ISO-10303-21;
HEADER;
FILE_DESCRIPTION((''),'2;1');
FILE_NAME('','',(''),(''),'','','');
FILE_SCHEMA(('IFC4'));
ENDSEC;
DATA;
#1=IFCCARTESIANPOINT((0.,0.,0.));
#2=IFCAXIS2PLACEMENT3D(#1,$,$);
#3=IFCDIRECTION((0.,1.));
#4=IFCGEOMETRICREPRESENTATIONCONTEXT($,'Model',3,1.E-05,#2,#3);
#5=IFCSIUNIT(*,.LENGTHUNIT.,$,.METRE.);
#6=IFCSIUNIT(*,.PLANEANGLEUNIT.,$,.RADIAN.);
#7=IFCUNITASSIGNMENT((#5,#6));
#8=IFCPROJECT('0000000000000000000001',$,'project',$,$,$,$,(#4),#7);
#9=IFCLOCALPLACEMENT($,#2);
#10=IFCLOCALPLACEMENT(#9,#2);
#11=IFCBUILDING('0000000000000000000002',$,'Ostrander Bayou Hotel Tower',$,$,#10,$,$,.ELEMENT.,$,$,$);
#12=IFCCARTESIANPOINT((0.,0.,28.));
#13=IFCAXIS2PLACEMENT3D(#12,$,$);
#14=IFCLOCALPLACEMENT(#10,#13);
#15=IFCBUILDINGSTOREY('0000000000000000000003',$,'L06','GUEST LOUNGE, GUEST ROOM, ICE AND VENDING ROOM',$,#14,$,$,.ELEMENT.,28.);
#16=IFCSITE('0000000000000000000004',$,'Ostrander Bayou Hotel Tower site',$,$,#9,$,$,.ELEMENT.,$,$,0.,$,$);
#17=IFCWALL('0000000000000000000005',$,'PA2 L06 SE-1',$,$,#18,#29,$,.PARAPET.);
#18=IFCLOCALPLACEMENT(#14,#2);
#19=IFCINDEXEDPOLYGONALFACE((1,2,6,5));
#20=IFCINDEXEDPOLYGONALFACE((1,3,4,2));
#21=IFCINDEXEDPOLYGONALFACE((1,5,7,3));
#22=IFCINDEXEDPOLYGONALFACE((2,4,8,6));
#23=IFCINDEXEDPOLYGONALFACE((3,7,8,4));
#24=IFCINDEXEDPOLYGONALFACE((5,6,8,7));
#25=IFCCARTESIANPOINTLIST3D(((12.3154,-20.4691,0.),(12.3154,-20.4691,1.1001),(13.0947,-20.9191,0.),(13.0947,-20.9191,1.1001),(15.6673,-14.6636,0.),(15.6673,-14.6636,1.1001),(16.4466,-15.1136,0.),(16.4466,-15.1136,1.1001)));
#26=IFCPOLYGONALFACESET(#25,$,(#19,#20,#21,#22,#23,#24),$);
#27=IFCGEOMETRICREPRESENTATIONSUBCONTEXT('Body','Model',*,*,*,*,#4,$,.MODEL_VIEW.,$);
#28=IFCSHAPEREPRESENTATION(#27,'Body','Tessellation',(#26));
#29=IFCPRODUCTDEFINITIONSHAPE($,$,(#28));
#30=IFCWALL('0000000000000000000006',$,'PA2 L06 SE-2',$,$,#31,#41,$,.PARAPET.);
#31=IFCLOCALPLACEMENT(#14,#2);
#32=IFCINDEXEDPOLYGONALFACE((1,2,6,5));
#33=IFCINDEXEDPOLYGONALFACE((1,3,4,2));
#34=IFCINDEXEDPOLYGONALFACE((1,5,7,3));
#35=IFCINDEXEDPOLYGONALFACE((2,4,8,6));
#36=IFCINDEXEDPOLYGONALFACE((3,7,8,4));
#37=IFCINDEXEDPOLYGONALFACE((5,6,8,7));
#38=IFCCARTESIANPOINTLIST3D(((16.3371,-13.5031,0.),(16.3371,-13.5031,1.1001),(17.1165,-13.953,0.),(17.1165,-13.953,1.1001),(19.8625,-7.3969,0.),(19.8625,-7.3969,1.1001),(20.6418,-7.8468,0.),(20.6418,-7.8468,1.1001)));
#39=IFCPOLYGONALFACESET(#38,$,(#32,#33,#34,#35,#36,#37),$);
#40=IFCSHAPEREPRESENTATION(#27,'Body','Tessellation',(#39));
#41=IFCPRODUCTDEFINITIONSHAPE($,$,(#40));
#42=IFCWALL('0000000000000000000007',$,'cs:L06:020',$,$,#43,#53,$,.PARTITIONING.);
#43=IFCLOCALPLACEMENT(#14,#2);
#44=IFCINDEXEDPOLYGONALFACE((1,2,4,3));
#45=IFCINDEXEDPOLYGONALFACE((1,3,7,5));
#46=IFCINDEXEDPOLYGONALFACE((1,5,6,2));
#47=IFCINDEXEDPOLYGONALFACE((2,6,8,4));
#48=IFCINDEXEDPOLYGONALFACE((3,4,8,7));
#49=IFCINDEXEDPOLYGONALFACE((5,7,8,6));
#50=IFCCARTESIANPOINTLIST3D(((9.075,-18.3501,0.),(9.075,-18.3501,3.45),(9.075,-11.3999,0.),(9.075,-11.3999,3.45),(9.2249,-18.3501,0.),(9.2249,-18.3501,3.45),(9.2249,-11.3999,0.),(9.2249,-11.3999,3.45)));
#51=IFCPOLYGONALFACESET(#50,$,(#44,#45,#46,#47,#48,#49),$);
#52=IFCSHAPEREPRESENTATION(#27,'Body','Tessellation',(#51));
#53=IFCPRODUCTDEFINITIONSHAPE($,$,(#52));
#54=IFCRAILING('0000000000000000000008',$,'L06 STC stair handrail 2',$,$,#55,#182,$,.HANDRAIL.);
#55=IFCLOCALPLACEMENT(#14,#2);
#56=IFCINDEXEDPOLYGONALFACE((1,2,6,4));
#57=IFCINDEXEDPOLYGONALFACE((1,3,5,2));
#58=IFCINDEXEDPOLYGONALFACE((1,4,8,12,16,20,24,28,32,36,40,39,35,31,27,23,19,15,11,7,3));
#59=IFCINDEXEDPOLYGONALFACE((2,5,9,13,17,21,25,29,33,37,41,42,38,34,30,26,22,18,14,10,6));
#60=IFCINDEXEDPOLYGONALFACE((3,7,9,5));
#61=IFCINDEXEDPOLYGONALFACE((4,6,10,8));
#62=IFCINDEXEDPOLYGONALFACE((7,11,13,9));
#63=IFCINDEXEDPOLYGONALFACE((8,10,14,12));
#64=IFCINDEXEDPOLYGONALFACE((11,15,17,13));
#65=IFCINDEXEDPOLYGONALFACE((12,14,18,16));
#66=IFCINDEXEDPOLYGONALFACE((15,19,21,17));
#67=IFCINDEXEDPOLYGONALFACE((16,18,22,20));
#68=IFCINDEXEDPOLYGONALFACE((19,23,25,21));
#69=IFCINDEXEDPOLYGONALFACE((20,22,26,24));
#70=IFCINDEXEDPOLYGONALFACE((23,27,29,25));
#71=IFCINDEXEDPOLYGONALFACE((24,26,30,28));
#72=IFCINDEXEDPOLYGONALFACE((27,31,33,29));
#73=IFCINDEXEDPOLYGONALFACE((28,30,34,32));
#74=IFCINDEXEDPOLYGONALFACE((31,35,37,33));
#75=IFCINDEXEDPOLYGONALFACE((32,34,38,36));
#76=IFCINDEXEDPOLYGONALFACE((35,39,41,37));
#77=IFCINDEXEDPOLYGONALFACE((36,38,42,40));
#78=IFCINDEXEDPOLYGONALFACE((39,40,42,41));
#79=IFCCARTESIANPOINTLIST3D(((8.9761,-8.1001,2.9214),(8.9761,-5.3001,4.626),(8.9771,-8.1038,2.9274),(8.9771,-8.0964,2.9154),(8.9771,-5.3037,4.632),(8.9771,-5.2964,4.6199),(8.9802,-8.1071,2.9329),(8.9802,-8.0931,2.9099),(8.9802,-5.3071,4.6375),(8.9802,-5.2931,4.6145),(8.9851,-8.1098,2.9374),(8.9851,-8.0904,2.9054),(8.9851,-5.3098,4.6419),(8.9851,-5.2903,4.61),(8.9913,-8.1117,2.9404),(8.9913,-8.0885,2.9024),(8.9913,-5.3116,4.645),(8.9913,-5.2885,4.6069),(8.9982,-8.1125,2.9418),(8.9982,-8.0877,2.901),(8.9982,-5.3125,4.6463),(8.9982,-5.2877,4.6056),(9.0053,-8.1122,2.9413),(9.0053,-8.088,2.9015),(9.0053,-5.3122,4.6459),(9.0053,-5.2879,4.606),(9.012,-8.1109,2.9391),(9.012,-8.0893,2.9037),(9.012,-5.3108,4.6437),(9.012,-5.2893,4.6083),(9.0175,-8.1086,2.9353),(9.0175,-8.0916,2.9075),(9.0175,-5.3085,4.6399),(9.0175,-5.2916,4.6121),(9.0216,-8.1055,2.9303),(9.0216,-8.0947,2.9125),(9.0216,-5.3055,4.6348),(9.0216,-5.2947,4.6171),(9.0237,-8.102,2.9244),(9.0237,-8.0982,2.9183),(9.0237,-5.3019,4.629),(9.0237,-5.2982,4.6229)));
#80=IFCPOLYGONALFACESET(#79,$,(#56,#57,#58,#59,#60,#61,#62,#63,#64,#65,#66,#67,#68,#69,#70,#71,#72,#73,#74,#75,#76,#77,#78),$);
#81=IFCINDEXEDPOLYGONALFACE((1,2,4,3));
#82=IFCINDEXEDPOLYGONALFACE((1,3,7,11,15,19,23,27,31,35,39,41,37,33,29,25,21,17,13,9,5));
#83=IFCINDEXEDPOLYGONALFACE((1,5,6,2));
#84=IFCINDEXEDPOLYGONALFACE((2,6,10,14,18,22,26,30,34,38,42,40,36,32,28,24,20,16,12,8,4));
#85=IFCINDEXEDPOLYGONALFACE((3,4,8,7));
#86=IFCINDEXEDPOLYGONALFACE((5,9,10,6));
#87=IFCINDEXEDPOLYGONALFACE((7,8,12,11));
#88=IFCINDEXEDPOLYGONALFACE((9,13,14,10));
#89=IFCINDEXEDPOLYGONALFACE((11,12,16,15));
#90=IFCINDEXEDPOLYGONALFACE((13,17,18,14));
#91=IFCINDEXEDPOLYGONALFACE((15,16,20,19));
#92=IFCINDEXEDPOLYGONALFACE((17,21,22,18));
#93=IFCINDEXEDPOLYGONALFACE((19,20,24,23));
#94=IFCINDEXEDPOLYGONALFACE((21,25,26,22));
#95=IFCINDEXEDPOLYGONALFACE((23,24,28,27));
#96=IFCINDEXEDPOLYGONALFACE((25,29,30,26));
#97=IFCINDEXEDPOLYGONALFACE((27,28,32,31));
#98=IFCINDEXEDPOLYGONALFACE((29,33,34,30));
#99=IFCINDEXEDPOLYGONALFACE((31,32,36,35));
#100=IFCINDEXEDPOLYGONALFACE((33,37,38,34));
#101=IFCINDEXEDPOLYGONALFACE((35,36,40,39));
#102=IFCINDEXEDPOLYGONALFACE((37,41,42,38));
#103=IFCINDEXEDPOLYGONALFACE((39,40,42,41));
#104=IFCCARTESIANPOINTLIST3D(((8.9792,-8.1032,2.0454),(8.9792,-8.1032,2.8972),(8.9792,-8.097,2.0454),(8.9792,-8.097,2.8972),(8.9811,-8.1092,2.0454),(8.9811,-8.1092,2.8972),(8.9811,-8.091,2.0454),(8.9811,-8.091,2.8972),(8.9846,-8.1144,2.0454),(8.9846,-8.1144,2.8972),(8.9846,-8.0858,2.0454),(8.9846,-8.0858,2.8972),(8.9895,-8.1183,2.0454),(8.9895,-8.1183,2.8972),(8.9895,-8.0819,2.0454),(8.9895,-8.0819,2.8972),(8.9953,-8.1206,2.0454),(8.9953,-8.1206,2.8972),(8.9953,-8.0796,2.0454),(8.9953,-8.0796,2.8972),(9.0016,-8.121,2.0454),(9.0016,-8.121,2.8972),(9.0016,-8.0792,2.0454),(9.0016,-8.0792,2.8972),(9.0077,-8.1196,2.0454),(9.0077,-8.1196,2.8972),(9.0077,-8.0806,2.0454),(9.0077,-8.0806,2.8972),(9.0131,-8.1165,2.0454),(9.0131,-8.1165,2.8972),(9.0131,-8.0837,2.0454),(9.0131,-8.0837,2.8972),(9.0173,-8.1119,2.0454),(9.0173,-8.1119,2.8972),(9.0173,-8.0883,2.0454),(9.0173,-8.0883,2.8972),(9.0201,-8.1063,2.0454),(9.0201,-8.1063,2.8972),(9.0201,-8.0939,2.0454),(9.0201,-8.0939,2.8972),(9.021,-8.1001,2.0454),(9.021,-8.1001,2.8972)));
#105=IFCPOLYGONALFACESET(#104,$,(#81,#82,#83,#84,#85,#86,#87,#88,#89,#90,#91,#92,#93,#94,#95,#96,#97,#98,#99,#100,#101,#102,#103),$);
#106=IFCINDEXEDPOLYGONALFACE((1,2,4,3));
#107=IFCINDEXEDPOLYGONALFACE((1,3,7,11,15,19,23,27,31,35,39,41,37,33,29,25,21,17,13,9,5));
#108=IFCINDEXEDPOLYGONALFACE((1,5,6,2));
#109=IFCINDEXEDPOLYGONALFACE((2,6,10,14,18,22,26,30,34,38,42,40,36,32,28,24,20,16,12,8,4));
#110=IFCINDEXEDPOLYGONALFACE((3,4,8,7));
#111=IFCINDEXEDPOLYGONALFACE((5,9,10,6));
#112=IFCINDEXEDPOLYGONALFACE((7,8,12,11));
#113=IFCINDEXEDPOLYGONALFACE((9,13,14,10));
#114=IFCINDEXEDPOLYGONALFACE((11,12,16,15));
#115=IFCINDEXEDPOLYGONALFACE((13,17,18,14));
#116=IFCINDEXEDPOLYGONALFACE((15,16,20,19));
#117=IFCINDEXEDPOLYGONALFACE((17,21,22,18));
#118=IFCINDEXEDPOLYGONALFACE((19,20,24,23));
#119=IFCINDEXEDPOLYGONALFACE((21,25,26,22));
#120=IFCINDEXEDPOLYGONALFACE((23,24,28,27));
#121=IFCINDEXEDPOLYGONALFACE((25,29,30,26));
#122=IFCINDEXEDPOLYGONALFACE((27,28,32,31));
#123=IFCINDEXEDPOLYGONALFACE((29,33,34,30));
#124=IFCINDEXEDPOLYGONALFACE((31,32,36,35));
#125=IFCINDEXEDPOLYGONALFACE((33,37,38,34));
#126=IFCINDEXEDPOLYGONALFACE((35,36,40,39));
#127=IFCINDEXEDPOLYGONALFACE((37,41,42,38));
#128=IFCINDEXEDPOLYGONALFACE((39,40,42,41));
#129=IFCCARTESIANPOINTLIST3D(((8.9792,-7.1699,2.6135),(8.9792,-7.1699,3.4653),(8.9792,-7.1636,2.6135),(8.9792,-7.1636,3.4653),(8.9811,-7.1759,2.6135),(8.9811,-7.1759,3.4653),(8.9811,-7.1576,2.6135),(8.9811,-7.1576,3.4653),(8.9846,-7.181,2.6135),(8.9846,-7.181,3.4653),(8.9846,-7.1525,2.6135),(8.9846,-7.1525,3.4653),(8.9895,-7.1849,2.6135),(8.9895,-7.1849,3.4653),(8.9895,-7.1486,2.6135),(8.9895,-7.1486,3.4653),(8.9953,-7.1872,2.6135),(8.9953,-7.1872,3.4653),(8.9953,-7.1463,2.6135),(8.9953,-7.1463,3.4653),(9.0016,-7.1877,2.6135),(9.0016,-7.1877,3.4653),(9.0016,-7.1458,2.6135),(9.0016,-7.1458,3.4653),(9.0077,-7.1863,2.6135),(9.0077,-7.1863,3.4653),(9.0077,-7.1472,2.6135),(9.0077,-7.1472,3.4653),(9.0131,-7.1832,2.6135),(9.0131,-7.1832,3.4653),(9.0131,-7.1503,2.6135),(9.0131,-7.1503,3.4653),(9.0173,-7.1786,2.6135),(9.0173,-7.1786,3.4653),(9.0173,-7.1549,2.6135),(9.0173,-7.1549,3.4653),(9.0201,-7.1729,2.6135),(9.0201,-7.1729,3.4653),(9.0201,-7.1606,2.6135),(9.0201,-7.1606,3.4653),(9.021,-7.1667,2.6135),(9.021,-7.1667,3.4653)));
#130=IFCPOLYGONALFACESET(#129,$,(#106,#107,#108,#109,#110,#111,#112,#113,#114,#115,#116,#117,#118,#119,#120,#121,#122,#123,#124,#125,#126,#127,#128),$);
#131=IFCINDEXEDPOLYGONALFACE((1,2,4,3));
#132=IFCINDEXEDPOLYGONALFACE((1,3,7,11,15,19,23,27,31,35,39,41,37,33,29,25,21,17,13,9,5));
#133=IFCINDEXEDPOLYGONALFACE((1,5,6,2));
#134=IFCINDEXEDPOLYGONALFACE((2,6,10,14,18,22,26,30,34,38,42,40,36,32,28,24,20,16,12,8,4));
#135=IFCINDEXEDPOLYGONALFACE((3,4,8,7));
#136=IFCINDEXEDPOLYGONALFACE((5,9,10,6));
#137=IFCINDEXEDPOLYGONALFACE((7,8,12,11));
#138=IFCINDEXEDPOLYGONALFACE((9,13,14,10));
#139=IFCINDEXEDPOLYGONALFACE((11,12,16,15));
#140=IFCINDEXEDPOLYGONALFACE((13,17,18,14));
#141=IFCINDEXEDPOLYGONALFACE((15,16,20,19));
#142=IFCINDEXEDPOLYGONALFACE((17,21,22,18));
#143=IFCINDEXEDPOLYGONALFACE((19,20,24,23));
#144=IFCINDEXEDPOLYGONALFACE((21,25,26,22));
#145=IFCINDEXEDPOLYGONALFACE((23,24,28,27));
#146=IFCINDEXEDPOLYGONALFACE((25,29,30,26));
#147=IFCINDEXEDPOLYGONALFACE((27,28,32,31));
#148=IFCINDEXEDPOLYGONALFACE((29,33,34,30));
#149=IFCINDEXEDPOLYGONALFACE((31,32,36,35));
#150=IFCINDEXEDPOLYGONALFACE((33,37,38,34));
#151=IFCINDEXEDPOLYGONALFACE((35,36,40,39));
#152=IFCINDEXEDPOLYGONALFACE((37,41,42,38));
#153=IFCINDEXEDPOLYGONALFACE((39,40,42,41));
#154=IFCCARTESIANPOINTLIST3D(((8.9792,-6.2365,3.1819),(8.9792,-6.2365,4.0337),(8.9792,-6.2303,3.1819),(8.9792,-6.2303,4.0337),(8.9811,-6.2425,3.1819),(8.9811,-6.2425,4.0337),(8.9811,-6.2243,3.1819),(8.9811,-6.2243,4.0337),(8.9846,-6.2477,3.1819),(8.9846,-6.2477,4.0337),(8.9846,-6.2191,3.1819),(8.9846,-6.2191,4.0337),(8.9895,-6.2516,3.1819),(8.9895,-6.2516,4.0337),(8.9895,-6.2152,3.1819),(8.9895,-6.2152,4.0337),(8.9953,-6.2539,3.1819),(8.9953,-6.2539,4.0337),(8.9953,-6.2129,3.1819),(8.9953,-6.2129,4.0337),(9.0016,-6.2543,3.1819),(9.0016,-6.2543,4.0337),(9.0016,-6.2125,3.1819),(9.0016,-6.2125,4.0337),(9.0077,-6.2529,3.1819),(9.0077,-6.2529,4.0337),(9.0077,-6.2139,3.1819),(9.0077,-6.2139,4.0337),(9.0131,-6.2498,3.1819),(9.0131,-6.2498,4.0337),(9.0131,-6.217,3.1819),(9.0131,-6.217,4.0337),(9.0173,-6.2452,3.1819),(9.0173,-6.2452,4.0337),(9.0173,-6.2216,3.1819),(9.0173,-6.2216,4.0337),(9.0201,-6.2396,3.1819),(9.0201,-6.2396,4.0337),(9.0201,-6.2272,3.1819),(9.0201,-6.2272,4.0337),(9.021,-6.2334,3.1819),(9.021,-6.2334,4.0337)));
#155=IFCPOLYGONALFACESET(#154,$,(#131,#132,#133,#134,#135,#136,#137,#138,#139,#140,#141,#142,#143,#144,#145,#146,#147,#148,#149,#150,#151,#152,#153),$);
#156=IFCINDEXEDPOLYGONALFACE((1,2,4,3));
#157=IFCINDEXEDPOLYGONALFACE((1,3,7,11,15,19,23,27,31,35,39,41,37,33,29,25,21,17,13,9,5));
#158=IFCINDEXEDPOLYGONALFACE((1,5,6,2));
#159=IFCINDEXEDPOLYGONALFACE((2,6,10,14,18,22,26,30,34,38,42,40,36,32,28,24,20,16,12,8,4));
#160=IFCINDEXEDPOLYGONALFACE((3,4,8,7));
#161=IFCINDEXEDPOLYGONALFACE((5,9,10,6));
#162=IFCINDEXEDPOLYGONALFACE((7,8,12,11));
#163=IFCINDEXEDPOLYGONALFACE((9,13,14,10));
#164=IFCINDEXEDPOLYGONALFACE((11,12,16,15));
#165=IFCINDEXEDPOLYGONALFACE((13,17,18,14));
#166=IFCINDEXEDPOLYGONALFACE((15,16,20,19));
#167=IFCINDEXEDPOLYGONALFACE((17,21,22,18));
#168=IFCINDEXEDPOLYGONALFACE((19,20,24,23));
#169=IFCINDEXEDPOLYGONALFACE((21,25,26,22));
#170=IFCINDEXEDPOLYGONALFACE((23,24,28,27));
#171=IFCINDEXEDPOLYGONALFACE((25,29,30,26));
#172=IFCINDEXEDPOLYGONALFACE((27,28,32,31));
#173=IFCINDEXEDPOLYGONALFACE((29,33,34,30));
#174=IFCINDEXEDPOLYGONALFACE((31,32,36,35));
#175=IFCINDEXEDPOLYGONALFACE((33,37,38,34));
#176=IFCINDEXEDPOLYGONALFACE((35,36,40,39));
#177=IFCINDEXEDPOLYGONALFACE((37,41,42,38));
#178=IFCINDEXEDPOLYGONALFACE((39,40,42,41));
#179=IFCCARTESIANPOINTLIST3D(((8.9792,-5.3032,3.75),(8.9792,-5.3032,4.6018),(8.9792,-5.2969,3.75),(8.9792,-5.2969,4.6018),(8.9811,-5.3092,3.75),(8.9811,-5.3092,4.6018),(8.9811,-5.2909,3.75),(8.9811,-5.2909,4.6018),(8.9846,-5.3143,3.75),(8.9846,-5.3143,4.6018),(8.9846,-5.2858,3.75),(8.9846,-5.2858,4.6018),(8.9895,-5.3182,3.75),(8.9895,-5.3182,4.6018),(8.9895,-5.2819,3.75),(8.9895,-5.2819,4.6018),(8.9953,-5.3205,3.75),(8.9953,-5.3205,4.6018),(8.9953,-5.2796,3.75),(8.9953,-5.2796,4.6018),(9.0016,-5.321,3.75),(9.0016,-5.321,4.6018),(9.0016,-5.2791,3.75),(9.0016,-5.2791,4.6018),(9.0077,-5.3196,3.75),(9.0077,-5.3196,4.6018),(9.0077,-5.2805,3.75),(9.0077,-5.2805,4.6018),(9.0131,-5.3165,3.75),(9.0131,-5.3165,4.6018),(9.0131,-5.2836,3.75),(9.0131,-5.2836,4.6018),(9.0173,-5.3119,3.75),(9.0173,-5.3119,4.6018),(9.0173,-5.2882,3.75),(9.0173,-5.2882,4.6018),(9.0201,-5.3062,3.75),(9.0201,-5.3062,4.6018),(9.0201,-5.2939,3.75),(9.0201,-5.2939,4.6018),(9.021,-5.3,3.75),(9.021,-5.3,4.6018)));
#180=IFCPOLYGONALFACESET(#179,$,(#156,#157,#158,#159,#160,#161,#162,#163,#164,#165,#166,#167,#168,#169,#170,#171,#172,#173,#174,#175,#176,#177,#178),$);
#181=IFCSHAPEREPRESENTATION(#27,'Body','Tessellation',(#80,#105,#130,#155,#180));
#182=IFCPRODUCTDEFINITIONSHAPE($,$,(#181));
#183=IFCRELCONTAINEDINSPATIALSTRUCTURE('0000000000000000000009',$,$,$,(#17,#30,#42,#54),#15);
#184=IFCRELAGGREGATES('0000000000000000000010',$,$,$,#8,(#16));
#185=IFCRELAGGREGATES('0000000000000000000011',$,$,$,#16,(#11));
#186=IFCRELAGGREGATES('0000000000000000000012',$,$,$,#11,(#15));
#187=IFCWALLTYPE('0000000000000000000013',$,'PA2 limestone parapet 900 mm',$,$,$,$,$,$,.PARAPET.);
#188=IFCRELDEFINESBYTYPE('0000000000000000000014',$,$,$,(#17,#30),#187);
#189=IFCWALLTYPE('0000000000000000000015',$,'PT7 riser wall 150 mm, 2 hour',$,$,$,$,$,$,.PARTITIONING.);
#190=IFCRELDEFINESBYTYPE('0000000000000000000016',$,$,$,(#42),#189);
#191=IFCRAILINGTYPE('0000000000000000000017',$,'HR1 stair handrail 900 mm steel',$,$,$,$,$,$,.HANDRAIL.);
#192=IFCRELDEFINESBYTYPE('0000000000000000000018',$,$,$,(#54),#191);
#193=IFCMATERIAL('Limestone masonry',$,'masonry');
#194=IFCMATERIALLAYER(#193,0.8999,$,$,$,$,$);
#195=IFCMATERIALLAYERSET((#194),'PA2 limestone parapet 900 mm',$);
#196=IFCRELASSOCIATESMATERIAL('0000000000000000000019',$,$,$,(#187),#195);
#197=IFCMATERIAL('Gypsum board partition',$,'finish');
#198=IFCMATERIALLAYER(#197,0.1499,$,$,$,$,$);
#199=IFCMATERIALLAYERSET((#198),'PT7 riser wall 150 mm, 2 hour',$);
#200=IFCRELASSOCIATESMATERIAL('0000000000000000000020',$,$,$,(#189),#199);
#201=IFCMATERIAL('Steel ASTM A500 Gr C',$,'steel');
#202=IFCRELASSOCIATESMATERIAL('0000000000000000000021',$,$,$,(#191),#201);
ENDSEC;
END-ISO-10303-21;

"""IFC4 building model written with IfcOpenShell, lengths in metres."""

from ifc_helpers import new_model, si_unit, direction, frame, frame_2d, origin, origin_2d, place, context, subcontext, project, spatial, rectangle, circle, extrude, material, layer, layer_set, type_object, element, save


model = new_model("IFC4")

# Units and contexts
model_context = context("Model", 3, precision=1e-05, world=origin(), true_north=direction((0.0, 1.0)))
body_context = subcontext(model_context, "Body", "Model", "MODEL_VIEW")
ifc_project = project(units=[si_unit("LENGTHUNIT", "METRE"), si_unit("PLANEANGLEUNIT", "RADIAN")], contexts=[model_context])

# Site, building, storey
site_placement = place(None, origin())
site = spatial("IfcSite", under=ifc_project, at=site_placement, Name="Ostrander Bayou Hotel Tower site", CompositionType="ELEMENT", RefElevation=0.0)
building_placement = place(site_placement, origin())
building = spatial("IfcBuilding", under=site, at=building_placement, Name="Ostrander Bayou Hotel Tower", CompositionType="ELEMENT")
storey_placement = place(building_placement, frame((0.0, 0.0, 28.0)))
storey = spatial("IfcBuildingStorey", under=building, at=storey_placement, Name="L06", Description="GUEST LOUNGE, GUEST ROOM, ICE AND VENDING ROOM", CompositionType="ELEMENT", Elevation=28.0)

# Walls
ifc_material_1 = material(Name="Limestone masonry", Category="masonry")
ifc_layer_1 = layer(ifc_material_1, 0.8999)
ifc_layer_set_1 = layer_set([ifc_layer_1], Name="PA2 limestone parapet 900 mm")
wall_type_1 = type_object("IfcWallType", Name="PA2 limestone parapet 900 mm", PredefinedType="PARAPET", material=ifc_layer_set_1)
wall_1_placement = place(storey_placement, frame((12.7051, -20.6941, 0.0), z_axis=(0.0, 0.0, 1.0), x_axis=(0.500005, 0.866022, 0.0)))
element("IfcWall", 1, at=wall_1_placement, inside=storey, type_object=wall_type_1, Name="PA2 L06 SE-1", PredefinedType="PARAPET", context=body_context, shape_type="SweptSolid", body=[
    extrude(rectangle(XDim=6.7036, YDim=0.8999, at=frame_2d((3.3518, 0.0))), origin(), (0.0, 0.0, 1.0), 1.1001),
])
wall_2_placement = place(storey_placement, frame((16.7268, -13.728, 0.0), z_axis=(0.0, 0.0, 1.0), x_axis=(0.499997, 0.866027, 0.0)))
element("IfcWall", 2, at=wall_2_placement, inside=storey, type_object=wall_type_1, Name="PA2 L06 SE-2", PredefinedType="PARAPET", context=body_context, shape_type="SweptSolid", body=[
    extrude(rectangle(XDim=7.0508, YDim=0.8999, at=frame_2d((3.5254, 0.0))), origin(), (0.0, 0.0, 1.0), 1.1001),
])
ifc_material_2 = material(Name="Gypsum board partition", Category="finish")
ifc_layer_2 = layer(ifc_material_2, 0.1499)
ifc_layer_set_2 = layer_set([ifc_layer_2], Name="PT7 riser wall 150 mm, 2 hour")
wall_type_2 = type_object("IfcWallType", Name="PT7 riser wall 150 mm, 2 hour", PredefinedType="PARTITIONING", material=ifc_layer_set_2)
wall_3_placement = place(storey_placement, frame((9.1499, -11.3999, 0.0), z_axis=(0.0, 0.0, 1.0), x_axis=(0.0, -1.0, 0.0)))
element("IfcWall", 3, at=wall_3_placement, inside=storey, type_object=wall_type_2, Name="cs:L06:020", PredefinedType="PARTITIONING", context=body_context, shape_type="SweptSolid", body=[
    extrude(rectangle(XDim=6.9502, YDim=0.1499, at=frame_2d((3.4751, 0.0))), origin(), (0.0, 0.0, 1.0), 3.45),
])

# Railing
ifc_material_3 = material(Name="Steel ASTM A500 Gr C", Category="steel")
railing_type = type_object("IfcRailingType", Name="HR1 stair handrail 900 mm steel", PredefinedType="HANDRAIL", material=ifc_material_3)
railing_placement = place(storey_placement, frame((9.0, -8.1001, 2.0454)))
element("IfcRailing", 4, at=railing_placement, inside=storey, type_object=railing_type, Name="L06 STC stair handrail 2", PredefinedType="HANDRAIL", context=body_context, shape_type="SweptSolid", body=[
    extrude(circle(Radius=0.0239, at=origin_2d()), frame((0.0, 0.0, 0.876), z_axis=(0.0, 0.85417, 0.519994), x_axis=(-1.0, 0.0, 0.0)), (0.0, 0.0, 1.0), 3.2781),
    extrude(circle(Radius=0.021, at=origin_2d()), origin(), (0.0, 0.0, 1.0), 0.8518),
    extrude(circle(Radius=0.021, at=origin_2d()), frame((0.0, 0.9333, 0.5681)), (0.0, 0.0, 1.0), 0.8518),
    extrude(circle(Radius=0.021, at=origin_2d()), frame((0.0, 1.8667, 1.1365)), (0.0, 0.0, 1.0), 0.8518),
    extrude(circle(Radius=0.021, at=origin_2d()), frame((0.0, 2.8, 1.7046)), (0.0, 0.0, 1.0), 0.8518),
])

save(model, "model.ifc")
